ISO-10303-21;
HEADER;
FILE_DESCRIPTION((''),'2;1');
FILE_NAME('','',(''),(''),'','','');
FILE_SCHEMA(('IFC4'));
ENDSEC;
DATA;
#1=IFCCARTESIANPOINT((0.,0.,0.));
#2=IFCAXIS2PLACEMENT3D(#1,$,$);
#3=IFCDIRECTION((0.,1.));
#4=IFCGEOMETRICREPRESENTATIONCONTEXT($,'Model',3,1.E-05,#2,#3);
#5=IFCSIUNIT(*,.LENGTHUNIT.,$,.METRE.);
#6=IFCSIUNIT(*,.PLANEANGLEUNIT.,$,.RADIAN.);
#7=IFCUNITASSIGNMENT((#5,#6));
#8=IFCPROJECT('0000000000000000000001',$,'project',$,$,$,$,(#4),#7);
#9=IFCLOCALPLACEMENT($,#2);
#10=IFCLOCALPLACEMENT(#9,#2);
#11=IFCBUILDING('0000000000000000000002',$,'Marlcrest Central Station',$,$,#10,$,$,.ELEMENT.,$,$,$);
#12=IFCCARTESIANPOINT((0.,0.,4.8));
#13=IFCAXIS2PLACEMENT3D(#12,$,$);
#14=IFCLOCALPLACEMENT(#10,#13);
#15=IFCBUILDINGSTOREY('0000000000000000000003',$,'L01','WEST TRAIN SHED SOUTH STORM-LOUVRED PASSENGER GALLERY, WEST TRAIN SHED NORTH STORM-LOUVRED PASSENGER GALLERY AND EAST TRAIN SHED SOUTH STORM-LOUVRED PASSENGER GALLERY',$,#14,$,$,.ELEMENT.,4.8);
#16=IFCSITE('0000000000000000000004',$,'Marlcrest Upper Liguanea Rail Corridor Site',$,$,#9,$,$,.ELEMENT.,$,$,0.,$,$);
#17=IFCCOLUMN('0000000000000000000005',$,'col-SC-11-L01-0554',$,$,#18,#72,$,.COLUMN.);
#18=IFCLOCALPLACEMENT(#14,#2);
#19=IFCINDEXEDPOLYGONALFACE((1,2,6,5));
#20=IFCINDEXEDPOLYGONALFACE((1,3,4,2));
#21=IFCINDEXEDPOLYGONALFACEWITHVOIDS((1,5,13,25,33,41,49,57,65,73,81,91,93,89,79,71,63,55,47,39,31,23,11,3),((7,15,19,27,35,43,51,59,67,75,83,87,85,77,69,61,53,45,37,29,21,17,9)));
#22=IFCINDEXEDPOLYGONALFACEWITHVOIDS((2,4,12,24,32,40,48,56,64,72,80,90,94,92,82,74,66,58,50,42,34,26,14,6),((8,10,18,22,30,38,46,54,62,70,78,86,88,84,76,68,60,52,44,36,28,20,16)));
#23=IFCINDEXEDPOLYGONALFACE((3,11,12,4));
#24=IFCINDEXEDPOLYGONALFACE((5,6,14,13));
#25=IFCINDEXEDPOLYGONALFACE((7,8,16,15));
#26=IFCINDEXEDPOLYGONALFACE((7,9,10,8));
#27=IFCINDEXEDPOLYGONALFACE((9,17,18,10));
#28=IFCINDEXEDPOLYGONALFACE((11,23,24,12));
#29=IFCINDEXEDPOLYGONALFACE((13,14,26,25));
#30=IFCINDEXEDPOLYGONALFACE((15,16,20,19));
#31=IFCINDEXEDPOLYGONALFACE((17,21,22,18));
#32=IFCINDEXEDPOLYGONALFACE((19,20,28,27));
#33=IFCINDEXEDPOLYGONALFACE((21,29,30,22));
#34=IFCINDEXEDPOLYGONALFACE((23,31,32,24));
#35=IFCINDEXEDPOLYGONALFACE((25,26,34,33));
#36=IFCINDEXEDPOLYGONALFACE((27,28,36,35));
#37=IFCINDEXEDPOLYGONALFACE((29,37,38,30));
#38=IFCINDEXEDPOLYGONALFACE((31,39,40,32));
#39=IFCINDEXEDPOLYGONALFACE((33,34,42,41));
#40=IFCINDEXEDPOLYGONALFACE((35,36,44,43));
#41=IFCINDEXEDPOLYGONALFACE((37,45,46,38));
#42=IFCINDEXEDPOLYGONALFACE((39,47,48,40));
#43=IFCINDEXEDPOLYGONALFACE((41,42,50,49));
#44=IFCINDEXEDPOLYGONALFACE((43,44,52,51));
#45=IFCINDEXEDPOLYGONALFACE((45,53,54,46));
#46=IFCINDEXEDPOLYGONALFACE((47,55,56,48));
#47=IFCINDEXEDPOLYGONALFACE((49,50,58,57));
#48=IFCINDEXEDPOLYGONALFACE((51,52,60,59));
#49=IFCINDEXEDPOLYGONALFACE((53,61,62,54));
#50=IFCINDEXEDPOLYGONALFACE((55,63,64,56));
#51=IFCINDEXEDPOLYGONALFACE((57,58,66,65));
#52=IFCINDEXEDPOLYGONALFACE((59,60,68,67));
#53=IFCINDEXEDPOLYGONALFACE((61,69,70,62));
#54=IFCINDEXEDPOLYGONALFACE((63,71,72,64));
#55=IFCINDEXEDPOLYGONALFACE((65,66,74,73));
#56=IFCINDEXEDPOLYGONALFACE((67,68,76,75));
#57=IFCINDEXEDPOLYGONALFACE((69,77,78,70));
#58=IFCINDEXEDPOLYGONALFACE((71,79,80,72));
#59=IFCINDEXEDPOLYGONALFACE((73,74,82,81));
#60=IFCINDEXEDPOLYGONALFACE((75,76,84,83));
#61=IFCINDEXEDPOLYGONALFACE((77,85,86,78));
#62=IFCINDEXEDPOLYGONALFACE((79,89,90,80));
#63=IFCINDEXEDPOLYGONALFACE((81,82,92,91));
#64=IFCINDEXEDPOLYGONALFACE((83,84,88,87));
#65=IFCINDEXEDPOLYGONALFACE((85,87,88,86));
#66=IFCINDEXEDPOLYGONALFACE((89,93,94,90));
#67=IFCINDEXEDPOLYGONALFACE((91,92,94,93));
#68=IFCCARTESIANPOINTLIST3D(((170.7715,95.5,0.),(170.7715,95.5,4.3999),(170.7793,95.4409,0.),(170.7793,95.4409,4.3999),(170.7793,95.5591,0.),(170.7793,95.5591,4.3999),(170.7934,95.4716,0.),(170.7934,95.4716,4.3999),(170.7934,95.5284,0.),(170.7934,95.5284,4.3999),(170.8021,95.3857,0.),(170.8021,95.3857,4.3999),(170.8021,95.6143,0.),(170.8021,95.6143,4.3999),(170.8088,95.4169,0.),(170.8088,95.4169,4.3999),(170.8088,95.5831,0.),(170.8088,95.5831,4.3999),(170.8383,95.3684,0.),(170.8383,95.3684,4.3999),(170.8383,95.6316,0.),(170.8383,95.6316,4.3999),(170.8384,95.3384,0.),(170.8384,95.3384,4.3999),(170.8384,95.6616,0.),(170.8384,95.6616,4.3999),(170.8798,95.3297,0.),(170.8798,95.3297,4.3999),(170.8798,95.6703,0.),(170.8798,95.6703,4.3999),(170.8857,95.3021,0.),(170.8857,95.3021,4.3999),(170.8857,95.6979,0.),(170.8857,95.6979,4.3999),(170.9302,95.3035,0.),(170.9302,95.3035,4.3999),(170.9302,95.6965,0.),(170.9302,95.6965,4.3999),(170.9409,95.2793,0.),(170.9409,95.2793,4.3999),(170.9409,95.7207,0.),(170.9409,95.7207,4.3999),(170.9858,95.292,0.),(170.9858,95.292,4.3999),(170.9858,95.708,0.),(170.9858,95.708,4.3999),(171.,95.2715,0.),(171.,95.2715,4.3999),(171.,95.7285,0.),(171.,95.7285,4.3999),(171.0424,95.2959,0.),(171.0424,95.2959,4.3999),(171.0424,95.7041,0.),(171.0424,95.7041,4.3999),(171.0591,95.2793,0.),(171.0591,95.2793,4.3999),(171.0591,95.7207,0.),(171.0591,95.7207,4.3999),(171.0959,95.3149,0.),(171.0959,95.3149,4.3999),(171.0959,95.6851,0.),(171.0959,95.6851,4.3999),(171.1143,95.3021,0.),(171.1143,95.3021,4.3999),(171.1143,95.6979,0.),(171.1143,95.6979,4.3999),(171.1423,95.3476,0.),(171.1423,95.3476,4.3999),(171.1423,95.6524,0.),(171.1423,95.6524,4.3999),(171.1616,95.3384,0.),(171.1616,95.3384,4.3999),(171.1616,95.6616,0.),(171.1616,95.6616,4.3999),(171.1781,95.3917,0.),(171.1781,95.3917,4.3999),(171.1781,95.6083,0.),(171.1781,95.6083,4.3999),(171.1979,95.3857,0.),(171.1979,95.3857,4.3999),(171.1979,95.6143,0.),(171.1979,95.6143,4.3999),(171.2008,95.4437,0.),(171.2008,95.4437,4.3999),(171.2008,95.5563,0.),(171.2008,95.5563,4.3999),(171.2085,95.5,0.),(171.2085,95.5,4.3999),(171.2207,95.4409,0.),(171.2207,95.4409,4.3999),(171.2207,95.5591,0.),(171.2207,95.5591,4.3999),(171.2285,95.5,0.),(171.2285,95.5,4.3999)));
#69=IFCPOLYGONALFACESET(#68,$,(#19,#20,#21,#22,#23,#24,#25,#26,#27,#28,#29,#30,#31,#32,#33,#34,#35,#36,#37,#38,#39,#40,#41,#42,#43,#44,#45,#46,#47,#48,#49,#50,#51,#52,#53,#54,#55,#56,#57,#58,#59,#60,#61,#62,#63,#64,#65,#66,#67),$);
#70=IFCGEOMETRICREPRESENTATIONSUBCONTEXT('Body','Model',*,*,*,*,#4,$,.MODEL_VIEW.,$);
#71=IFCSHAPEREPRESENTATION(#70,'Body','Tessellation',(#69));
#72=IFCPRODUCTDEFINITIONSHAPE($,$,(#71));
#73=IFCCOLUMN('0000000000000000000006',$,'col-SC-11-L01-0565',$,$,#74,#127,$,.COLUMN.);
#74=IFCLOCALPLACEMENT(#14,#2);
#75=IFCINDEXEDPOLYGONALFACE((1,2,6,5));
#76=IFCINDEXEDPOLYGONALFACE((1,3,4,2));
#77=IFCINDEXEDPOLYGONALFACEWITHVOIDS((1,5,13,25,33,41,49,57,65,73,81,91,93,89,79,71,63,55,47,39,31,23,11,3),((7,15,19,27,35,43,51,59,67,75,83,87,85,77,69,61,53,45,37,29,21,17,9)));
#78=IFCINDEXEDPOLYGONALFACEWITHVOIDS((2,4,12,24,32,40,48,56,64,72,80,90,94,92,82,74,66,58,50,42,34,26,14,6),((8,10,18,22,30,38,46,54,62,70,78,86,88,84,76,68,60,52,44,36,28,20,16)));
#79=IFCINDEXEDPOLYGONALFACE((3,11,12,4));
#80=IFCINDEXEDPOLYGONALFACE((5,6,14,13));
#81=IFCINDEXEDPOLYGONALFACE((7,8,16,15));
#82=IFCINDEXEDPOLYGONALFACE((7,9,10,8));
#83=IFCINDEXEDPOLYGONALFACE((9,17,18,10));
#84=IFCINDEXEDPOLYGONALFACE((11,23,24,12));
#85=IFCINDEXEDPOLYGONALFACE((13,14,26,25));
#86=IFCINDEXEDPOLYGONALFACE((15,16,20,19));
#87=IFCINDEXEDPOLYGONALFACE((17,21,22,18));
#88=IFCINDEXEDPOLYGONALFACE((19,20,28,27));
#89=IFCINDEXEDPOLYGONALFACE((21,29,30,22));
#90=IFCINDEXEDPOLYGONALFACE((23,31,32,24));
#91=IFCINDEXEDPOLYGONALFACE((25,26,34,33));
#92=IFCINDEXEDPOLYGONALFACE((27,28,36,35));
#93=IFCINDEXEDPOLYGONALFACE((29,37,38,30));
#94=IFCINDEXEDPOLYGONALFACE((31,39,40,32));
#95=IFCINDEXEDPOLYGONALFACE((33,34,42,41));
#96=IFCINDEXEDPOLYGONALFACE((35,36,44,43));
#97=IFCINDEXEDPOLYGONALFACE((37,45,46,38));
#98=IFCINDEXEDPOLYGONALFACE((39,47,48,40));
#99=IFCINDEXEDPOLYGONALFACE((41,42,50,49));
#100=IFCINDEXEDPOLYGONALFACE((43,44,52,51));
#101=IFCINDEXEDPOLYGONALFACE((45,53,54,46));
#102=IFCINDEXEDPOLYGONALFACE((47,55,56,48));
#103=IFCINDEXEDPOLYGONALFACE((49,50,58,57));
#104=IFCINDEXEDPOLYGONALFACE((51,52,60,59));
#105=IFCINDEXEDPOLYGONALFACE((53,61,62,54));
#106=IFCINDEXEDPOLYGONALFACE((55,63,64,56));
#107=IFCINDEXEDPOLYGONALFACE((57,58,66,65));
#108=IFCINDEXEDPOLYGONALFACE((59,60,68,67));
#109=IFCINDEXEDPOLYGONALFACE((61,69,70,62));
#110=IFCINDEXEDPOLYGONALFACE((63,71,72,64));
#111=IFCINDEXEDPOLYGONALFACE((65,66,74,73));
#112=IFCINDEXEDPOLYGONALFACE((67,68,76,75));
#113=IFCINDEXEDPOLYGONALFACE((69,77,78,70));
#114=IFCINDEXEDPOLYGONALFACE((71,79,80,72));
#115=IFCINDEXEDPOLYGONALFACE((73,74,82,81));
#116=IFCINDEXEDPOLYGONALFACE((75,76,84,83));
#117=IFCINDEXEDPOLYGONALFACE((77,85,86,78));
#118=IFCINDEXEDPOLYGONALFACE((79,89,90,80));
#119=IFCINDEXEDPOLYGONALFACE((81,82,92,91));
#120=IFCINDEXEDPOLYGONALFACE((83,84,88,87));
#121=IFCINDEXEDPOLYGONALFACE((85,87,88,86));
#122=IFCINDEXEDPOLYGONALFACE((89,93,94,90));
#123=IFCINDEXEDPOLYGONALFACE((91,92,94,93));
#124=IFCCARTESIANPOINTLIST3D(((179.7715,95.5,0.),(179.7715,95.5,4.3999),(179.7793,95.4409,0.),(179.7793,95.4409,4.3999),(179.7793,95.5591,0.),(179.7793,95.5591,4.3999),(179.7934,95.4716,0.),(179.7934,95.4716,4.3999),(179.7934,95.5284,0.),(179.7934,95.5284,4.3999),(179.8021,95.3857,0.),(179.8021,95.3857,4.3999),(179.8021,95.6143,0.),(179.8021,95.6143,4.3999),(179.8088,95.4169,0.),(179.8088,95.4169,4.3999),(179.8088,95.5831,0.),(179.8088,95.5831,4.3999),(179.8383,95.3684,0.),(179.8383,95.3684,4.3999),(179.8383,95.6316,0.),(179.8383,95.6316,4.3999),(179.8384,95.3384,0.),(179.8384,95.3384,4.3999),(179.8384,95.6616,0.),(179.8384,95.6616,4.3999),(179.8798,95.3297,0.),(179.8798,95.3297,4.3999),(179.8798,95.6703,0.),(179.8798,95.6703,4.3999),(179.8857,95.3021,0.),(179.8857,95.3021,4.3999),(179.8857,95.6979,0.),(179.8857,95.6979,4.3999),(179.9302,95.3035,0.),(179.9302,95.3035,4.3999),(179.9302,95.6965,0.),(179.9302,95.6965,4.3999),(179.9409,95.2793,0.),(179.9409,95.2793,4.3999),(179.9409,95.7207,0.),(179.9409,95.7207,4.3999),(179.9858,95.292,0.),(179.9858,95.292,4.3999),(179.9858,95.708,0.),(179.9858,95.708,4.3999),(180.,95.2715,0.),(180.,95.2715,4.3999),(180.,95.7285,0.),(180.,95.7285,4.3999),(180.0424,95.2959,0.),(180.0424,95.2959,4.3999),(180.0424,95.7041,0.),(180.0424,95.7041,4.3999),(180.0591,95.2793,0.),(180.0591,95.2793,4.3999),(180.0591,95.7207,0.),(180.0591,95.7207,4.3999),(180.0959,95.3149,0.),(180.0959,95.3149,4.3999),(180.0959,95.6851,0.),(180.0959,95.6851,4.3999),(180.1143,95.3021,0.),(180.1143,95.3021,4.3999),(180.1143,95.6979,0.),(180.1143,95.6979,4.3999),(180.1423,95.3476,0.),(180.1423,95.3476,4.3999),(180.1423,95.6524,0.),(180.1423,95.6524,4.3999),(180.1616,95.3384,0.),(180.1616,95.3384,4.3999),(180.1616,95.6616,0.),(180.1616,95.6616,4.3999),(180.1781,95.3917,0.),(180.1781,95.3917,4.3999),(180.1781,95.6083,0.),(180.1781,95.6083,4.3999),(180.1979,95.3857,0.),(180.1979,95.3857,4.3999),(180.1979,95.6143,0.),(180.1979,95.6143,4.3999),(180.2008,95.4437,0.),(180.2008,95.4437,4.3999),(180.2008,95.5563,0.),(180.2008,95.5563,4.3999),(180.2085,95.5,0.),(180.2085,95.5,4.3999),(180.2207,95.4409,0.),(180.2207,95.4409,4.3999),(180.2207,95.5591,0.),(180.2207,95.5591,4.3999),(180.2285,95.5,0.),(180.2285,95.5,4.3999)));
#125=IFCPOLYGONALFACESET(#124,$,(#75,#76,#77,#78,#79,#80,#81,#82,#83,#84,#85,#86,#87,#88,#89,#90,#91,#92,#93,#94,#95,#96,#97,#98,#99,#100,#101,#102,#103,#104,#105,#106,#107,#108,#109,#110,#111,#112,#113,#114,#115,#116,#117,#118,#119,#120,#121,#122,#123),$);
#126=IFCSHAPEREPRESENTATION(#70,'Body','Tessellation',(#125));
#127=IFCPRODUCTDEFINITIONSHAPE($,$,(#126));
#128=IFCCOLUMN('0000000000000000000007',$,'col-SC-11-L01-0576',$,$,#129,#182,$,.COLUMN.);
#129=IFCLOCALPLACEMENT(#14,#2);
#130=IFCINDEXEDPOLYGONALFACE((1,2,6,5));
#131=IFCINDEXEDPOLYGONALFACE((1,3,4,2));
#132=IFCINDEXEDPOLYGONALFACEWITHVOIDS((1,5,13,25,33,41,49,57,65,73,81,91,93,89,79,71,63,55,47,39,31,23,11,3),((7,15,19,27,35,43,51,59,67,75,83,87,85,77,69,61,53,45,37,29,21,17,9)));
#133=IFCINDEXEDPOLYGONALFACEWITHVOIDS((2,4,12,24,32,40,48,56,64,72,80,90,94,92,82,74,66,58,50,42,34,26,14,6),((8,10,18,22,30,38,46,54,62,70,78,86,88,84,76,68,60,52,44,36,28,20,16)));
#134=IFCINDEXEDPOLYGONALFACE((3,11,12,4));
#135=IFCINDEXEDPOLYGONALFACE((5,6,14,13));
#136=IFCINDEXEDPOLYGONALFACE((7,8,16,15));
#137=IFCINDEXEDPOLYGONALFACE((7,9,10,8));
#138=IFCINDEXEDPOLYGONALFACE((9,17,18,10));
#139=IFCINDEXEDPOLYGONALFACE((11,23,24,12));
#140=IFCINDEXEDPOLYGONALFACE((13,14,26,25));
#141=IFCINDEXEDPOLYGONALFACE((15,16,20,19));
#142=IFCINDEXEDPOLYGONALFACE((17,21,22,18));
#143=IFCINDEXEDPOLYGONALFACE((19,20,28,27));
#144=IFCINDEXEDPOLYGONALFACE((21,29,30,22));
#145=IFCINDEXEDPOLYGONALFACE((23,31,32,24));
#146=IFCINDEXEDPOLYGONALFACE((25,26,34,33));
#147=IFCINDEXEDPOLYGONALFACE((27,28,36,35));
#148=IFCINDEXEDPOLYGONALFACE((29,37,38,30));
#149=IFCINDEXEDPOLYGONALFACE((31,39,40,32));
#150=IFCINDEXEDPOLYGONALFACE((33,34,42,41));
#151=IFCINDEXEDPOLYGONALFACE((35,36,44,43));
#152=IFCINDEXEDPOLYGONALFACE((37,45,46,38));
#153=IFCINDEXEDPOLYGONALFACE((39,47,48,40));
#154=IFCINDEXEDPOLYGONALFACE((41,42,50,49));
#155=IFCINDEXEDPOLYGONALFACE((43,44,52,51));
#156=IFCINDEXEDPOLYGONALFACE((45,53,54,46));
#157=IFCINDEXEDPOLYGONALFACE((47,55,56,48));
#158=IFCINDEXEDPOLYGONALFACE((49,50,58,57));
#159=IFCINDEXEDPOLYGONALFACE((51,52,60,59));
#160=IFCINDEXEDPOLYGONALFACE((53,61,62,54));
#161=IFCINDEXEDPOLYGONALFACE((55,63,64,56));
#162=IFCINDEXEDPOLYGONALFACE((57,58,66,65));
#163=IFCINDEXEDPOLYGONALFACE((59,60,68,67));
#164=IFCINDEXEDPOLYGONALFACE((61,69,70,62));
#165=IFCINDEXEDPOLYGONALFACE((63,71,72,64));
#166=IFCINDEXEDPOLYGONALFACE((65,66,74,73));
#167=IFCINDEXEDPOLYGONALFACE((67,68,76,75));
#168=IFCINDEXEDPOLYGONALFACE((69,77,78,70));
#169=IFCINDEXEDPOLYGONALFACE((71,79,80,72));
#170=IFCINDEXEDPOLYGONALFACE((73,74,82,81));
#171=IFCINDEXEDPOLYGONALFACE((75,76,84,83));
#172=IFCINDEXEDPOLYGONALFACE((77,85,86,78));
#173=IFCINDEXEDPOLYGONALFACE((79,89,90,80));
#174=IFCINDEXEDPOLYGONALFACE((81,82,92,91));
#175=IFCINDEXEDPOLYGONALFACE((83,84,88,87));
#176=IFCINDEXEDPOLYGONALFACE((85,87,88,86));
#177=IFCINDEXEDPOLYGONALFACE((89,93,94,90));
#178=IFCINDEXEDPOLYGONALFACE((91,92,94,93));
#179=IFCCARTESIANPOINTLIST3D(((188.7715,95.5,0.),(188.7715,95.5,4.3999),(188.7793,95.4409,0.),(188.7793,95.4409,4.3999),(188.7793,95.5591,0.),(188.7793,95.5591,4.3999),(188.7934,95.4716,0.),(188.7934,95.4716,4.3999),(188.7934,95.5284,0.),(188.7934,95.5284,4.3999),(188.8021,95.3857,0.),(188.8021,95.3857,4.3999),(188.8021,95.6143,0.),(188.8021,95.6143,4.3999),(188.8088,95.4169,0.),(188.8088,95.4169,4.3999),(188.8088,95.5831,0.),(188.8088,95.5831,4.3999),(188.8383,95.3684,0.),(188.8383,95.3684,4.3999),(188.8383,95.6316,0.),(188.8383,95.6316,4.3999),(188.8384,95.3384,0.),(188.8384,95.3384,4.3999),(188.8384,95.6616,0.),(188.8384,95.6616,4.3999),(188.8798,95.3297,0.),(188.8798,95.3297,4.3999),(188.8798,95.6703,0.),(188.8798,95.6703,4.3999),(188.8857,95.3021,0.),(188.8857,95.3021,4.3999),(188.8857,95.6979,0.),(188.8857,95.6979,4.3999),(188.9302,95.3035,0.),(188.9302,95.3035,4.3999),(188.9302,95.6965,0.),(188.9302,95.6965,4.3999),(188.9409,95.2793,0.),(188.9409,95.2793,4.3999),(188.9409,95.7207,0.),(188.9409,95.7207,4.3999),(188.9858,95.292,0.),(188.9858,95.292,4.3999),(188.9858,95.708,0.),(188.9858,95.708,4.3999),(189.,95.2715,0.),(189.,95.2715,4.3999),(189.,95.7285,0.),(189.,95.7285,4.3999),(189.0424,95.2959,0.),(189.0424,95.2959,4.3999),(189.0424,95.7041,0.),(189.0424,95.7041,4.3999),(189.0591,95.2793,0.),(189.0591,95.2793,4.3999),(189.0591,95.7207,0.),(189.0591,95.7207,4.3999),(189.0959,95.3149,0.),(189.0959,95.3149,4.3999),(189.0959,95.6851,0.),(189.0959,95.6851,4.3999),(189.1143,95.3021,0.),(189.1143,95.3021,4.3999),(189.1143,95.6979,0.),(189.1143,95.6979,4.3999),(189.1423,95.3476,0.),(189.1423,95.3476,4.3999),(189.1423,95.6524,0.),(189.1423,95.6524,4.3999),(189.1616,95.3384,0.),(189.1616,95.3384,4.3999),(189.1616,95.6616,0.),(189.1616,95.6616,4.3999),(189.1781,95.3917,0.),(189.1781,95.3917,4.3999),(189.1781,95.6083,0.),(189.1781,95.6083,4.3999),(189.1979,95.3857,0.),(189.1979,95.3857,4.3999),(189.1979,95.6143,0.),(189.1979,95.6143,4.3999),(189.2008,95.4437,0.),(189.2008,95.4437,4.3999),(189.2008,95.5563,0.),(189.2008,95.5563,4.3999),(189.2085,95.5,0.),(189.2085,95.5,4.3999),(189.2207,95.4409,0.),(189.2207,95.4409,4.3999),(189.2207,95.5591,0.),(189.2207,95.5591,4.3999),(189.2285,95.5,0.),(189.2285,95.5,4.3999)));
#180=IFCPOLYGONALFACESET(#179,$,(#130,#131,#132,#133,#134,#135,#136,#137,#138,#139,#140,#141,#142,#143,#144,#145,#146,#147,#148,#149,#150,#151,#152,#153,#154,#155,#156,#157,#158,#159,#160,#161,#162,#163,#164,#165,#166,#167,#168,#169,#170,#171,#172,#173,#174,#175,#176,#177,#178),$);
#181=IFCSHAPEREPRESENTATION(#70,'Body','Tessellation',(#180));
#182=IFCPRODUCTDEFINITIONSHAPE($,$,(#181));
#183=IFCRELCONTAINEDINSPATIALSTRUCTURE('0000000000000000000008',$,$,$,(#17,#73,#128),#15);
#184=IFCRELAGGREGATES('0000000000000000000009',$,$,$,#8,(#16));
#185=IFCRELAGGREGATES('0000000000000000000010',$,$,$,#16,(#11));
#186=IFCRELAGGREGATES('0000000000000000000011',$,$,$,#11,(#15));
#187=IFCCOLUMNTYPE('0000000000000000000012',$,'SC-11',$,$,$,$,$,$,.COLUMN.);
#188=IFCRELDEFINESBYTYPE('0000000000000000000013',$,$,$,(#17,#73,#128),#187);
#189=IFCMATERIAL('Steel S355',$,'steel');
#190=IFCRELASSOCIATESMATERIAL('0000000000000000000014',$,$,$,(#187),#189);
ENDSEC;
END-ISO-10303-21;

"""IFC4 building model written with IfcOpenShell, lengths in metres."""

from ifc_helpers import new_model, si_unit, direction, frame, origin, origin_2d, place, context, subcontext, project, spatial, hollow_circle, extrude, material, material_profile, profile_set, type_object, element, save


model = new_model("IFC4")

# Units and contexts
model_context = context("Model", 3, precision=1e-05, world=origin(), true_north=direction((0.0, 1.0)))
body_context = subcontext(model_context, "Body", "Model", "MODEL_VIEW")
ifc_project = project(units=[si_unit("LENGTHUNIT", "METRE"), si_unit("PLANEANGLEUNIT", "RADIAN")], contexts=[model_context])

# Site, building, storey
site_placement = place(None, origin())
site = spatial("IfcSite", under=ifc_project, at=site_placement, Name="Marlcrest Upper Liguanea Rail Corridor Site", CompositionType="ELEMENT", RefElevation=0.0)
building_placement = place(site_placement, origin())
building = spatial("IfcBuilding", under=site, at=building_placement, Name="Marlcrest Central Station", CompositionType="ELEMENT")
storey_placement = place(building_placement, frame((0.0, 0.0, 4.8)))
storey = spatial("IfcBuildingStorey", under=building, at=storey_placement, Name="L01", Description="WEST TRAIN SHED SOUTH STORM-LOUVRED PASSENGER GALLERY, WEST TRAIN SHED NORTH STORM-LOUVRED PASSENGER GALLERY AND EAST TRAIN SHED SOUTH STORM-LOUVRED PASSENGER GALLERY", CompositionType="ELEMENT", Elevation=4.8)

# Columns
ifc_material_1 = material(Name="Steel S355", Category="steel")
ifc_material_profile_1 = material_profile(ifc_material_1, hollow_circle(Radius=0.2285, WallThickness=0.02, at=origin_2d()), Name="CHS 457x20")
ifc_profile_set_1 = profile_set([ifc_material_profile_1], Name="Steel S355")
column_type_1 = type_object("IfcColumnType", Name="SC-11", PredefinedType="COLUMN", material=ifc_profile_set_1)
for number, where, z_axis, x_axis, name in (
    (1, (171.0, 95.5, 0.0), (0.0, 0.0, 1.0), (1.0, 0.0, 0.0), "col-SC-11-L01-0554"),
    (2, (180.0, 95.5, 0.0), (0.0, 0.0, 1.0), (1.0, 0.0, 0.0), "col-SC-11-L01-0565"),
    (3, (189.0, 95.5, 0.0), (0.0, 0.0, 1.0), (1.0, 0.0, 0.0), "col-SC-11-L01-0576"),
):
    element("IfcColumn", number, at=place(storey_placement, frame(where, z_axis=z_axis, x_axis=x_axis)), inside=storey, type_object=column_type_1, Name=name, PredefinedType="COLUMN", context=body_context, shape_type="SweptSolid", body=[
        extrude(hollow_circle(Radius=0.2285, WallThickness=0.02, at=origin_2d()), origin(), (0.0, 0.0, 1.0), 4.3999),
    ])

save(model, "model.ifc")
